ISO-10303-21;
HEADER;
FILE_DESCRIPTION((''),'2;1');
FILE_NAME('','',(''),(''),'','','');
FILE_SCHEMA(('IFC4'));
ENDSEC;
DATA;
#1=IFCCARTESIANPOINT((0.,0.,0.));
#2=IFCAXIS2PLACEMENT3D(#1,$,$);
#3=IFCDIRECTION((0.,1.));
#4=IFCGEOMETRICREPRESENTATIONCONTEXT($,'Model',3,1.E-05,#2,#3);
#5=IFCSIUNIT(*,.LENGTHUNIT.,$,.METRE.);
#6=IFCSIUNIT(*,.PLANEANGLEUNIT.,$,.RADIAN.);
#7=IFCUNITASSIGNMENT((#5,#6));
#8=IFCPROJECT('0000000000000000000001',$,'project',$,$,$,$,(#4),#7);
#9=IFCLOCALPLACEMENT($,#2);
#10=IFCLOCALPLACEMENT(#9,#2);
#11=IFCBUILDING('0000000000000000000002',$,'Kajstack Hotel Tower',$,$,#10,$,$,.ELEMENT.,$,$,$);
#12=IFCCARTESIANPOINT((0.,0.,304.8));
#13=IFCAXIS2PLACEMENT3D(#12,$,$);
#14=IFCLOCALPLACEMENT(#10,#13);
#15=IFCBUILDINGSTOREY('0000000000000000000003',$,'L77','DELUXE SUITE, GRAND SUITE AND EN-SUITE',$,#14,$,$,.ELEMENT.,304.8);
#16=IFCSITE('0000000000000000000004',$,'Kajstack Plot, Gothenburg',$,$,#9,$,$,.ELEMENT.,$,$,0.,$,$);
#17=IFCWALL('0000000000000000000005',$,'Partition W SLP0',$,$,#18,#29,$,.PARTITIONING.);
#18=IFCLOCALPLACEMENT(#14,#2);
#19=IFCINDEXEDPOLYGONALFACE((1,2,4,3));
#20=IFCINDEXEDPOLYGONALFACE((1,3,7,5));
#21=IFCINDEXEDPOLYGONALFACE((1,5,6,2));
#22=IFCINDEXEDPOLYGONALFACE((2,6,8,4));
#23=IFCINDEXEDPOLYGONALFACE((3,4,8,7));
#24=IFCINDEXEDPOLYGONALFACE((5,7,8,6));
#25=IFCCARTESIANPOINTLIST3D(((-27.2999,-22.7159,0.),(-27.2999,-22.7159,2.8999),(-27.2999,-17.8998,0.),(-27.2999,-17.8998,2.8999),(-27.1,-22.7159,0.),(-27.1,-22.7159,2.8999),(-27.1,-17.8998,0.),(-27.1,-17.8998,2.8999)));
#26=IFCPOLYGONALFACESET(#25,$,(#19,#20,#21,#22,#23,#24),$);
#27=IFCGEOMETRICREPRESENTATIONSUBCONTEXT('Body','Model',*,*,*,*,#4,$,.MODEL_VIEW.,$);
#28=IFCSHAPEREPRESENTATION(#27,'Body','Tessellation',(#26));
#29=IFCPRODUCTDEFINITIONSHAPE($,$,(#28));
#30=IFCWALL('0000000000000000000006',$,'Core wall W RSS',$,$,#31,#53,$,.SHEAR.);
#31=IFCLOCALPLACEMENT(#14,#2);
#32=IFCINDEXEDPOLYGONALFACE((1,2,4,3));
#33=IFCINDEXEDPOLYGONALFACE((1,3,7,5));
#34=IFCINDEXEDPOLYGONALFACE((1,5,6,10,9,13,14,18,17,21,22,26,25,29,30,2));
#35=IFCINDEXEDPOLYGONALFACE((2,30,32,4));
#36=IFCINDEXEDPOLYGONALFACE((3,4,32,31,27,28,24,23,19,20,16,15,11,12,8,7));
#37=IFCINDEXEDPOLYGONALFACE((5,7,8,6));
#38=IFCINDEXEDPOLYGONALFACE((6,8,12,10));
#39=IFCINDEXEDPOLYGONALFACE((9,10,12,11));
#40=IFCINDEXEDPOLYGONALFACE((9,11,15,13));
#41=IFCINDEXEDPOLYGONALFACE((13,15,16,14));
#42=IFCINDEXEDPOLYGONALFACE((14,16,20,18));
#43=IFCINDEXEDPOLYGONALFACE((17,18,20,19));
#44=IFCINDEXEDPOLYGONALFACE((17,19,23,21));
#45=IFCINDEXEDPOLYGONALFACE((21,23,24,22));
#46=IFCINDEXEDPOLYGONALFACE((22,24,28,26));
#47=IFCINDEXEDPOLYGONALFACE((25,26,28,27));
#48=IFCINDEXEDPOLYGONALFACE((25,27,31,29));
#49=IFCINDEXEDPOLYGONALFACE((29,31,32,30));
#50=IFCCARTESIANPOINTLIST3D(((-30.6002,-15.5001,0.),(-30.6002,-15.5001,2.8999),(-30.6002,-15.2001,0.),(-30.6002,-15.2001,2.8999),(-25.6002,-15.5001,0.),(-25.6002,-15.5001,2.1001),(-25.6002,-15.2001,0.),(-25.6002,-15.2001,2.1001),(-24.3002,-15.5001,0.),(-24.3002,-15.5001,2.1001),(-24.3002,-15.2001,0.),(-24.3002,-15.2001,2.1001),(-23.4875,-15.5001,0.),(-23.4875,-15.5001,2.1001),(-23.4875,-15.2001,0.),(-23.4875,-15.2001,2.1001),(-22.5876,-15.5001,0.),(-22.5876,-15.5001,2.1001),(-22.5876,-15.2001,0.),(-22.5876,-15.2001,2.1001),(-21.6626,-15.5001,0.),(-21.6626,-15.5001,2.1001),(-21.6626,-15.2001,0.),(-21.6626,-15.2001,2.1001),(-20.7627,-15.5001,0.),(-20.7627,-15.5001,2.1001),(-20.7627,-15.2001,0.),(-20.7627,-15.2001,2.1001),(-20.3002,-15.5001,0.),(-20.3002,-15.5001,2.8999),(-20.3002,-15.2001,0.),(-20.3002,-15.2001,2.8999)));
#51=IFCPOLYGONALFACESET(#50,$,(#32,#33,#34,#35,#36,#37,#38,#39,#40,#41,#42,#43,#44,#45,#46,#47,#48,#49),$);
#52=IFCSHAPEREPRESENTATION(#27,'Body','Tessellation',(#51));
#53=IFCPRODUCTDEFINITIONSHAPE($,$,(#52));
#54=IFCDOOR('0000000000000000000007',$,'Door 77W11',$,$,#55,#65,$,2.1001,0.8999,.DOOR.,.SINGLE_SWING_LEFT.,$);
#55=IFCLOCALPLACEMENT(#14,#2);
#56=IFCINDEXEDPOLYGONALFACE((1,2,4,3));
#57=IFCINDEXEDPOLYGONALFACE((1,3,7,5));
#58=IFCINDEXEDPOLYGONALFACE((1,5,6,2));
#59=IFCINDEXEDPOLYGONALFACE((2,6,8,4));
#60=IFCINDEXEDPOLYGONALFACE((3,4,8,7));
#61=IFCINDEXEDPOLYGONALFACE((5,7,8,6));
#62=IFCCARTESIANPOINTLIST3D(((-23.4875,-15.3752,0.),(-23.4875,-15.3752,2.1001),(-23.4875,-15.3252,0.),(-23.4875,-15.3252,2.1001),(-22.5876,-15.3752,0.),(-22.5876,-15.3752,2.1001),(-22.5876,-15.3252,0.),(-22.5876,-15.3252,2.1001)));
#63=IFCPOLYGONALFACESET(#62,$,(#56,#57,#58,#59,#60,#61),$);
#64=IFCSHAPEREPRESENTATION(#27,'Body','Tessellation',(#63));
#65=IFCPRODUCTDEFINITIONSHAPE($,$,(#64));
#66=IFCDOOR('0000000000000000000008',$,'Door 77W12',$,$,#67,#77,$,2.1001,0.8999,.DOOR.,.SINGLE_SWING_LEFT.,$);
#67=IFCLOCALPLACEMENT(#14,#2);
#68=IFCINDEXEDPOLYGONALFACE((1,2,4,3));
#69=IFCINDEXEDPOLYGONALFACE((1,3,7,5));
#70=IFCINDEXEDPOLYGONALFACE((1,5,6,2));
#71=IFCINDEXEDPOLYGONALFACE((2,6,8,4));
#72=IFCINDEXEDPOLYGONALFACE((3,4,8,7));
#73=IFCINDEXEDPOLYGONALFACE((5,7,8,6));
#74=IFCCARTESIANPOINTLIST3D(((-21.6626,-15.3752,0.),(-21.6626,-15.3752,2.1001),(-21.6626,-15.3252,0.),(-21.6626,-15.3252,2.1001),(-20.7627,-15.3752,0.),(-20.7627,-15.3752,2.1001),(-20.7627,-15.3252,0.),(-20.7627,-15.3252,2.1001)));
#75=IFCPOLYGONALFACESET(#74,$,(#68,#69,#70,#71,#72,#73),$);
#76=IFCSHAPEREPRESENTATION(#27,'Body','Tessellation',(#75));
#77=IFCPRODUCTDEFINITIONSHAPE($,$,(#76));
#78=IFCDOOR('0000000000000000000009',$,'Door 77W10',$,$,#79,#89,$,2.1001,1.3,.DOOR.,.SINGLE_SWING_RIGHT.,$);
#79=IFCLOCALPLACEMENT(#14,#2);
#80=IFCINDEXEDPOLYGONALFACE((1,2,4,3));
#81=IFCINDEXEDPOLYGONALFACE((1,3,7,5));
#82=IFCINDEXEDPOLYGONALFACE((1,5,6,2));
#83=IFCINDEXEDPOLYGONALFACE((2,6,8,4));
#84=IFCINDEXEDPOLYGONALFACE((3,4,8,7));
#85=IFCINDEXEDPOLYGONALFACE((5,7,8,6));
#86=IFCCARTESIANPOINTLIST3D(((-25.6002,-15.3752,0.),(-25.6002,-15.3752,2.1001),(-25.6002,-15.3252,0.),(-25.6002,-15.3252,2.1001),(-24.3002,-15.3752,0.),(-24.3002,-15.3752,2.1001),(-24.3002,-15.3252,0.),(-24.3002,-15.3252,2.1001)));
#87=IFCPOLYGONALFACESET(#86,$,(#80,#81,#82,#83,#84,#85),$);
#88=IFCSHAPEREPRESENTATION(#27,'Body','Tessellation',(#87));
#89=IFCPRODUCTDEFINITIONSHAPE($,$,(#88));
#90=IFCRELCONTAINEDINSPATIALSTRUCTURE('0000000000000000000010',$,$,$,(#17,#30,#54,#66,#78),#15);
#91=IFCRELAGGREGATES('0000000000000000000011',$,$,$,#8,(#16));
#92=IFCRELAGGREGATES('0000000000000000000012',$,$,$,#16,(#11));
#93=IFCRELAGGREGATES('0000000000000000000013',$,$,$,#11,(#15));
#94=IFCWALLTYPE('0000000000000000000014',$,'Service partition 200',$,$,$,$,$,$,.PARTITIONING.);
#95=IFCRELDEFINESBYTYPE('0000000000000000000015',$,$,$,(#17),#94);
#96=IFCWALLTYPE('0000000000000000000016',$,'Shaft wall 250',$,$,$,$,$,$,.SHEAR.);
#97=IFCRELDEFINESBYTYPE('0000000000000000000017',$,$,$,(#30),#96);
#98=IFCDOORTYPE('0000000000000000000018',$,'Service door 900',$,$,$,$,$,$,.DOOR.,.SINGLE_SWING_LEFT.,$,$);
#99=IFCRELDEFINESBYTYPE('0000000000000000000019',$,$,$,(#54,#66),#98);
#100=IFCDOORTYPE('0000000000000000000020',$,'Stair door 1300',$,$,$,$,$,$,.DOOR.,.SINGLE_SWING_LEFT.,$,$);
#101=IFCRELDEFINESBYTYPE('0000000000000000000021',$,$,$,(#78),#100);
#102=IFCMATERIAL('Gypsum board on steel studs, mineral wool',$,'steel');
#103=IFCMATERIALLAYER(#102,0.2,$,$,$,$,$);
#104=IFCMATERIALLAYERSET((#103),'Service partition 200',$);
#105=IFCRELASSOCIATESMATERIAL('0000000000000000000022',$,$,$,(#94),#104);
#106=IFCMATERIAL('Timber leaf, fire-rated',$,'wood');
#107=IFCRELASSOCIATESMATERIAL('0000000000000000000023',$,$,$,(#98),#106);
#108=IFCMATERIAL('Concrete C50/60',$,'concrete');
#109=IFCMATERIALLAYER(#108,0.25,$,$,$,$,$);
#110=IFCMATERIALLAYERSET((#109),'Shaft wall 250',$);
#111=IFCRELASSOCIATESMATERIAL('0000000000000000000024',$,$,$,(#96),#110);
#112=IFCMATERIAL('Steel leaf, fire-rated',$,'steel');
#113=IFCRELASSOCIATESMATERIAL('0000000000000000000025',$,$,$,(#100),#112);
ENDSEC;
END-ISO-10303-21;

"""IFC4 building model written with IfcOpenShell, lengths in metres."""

from ifc_helpers import new_model, si_unit, direction, frame, frame_2d, origin, place, context, subcontext, project, spatial, rectangle, extrude, material, layer, layer_set, type_object, element, fill, save


model = new_model("IFC4")

# Units and contexts
model_context = context("Model", 3, precision=1e-05, world=origin(), true_north=direction((0.0, 1.0)))
body_context = subcontext(model_context, "Body", "Model", "MODEL_VIEW")
ifc_project = project(units=[si_unit("LENGTHUNIT", "METRE"), si_unit("PLANEANGLEUNIT", "RADIAN")], contexts=[model_context])

# Site, building, storey
site_placement = place(None, origin())
site = spatial("IfcSite", under=ifc_project, at=site_placement, Name="Kajstack Plot, Gothenburg", CompositionType="ELEMENT", RefElevation=0.0)
building_placement = place(site_placement, origin())
building = spatial("IfcBuilding", under=site, at=building_placement, Name="Kajstack Hotel Tower", CompositionType="ELEMENT")
storey_placement = place(building_placement, frame((0.0, 0.0, 304.8)))
storey = spatial("IfcBuildingStorey", under=building, at=storey_placement, Name="L77", Description="DELUXE SUITE, GRAND SUITE AND EN-SUITE", CompositionType="ELEMENT", Elevation=304.8)

# Shared definitions
ifc_material_1 = material(Name="Gypsum board on steel studs, mineral wool", Category="steel")
ifc_layer_1 = layer(ifc_material_1, 0.2)
ifc_layer_set_1 = layer_set([ifc_layer_1], Name="Service partition 200")
wall_type_1 = type_object("IfcWallType", Name="Service partition 200", PredefinedType="PARTITIONING", material=ifc_layer_set_1)
ifc_material_2 = material(Name="Timber leaf, fire-rated", Category="wood")
door_type_1 = type_object("IfcDoorType", Name="Service door 900", OperationType="SINGLE_SWING_LEFT", PredefinedType="DOOR", material=ifc_material_2)

# Wall
wall_1_placement = place(storey_placement, frame((-27.2, -22.7161, 0.0), z_axis=(0.0, 0.0, 1.0), x_axis=(0.0, 1.0, 0.0)))
element("IfcWall", 1, at=wall_1_placement, inside=storey, type_object=wall_type_1, Name="Partition W SLP0", PredefinedType="PARTITIONING", context=body_context, shape_type="SweptSolid", body=[
    extrude(rectangle(XDim=4.8162, YDim=0.2, at=frame_2d((2.4082, 0.0))), origin(), (0.0, 0.0, 1.0), 2.8999),
])

# Wall, openings, doors
ifc_material_3 = material(Name="Concrete C50/60", Category="concrete")
ifc_layer_2 = layer(ifc_material_3, 0.25)
ifc_layer_set_2 = layer_set([ifc_layer_2], Name="Shaft wall 250")
wall_type_2 = type_object("IfcWallType", Name="Shaft wall 250", PredefinedType="SHEAR", material=ifc_layer_set_2)
wall_2_placement = place(storey_placement, frame((-30.6001, -15.3501, 0.0), z_axis=(0.0, 0.0, 1.0), x_axis=(1.0, 0.0, 0.0)))
wall_2 = element("IfcWall", 2, at=wall_2_placement, inside=storey, type_object=wall_type_2, Name="Core wall W RSS", PredefinedType="SHEAR", context=body_context, shape_type="SweptSolid", body=[
    extrude(rectangle(XDim=10.3, YDim=0.3, at=frame_2d((5.1499, 0.0))), origin(), (0.0, 0.0, 1.0), 2.8999),
])
opening_1_placement = place(wall_2_placement, frame((5.0, 0.0, 0.0)))
opening_1 = element("IfcOpeningElement", 3, at=opening_1_placement, cuts=wall_2, PredefinedType="OPENING", context=body_context, shape_type="SweptSolid", body=[
    extrude(rectangle(XDim=1.3, YDim=2.1001, at=frame_2d((0.6499, 1.05))), frame((0.0, 0.1599, 0.0), z_axis=(0.0, -1.0, 0.0), x_axis=(1.0, 0.0, 0.0)), (0.0, 0.0, 1.0), 0.3201),
])
opening_2_placement = place(wall_2_placement, frame((7.1125, 0.0, 0.0)))
opening_2 = element("IfcOpeningElement", 4, at=opening_2_placement, cuts=wall_2, PredefinedType="OPENING", context=body_context, shape_type="SweptSolid", body=[
    extrude(rectangle(XDim=0.8999, YDim=2.1001, at=frame_2d((0.45, 1.05))), frame((0.0, 0.1599, 0.0), z_axis=(0.0, -1.0, 0.0), x_axis=(1.0, 0.0, 0.0)), (0.0, 0.0, 1.0), 0.3201),
])
opening_3_placement = place(wall_2_placement, frame((8.9375, 0.0, 0.0)))
opening_3 = element("IfcOpeningElement", 5, at=opening_3_placement, cuts=wall_2, PredefinedType="OPENING", context=body_context, shape_type="SweptSolid", body=[
    extrude(rectangle(XDim=0.8999, YDim=2.1001, at=frame_2d((0.45, 1.05))), frame((0.0, 0.1599, 0.0), z_axis=(0.0, -1.0, 0.0), x_axis=(1.0, 0.0, 0.0)), (0.0, 0.0, 1.0), 0.3201),
])
door_1_placement = place(opening_2_placement, origin())
door_1 = element("IfcDoor", 6, at=door_1_placement, inside=storey, type_object=door_type_1, Name="Door 77W11", OperationType="SINGLE_SWING_LEFT", OverallHeight=2.1001, OverallWidth=0.8999, PredefinedType="DOOR", context=body_context, shape_type="SweptSolid", body=[
    extrude(rectangle(XDim=0.8999, YDim=2.1001, at=frame_2d((0.45, 1.05))), frame((0.0, 0.0249, 0.0), z_axis=(0.0, -1.0, 0.0), x_axis=(1.0, 0.0, 0.0)), (0.0, 0.0, 1.0), 0.05),
])
fill(opening_2, door_1)
door_2_placement = place(opening_3_placement, origin())
door_2 = element("IfcDoor", 7, at=door_2_placement, inside=storey, type_object=door_type_1, Name="Door 77W12", OperationType="SINGLE_SWING_LEFT", OverallHeight=2.1001, OverallWidth=0.8999, PredefinedType="DOOR", context=body_context, shape_type="SweptSolid", body=[
    extrude(rectangle(XDim=0.8999, YDim=2.1001, at=frame_2d((0.45, 1.05))), frame((0.0, 0.0249, 0.0), z_axis=(0.0, -1.0, 0.0), x_axis=(1.0, 0.0, 0.0)), (0.0, 0.0, 1.0), 0.05),
])
fill(opening_3, door_2)
ifc_material_4 = material(Name="Steel leaf, fire-rated", Category="steel")
door_type_2 = type_object("IfcDoorType", Name="Stair door 1300", OperationType="SINGLE_SWING_LEFT", PredefinedType="DOOR", material=ifc_material_4)
door_3_placement = place(opening_1_placement, origin())
door_3 = element("IfcDoor", 8, at=door_3_placement, inside=storey, type_object=door_type_2, Name="Door 77W10", OperationType="SINGLE_SWING_RIGHT", OverallHeight=2.1001, OverallWidth=1.3, PredefinedType="DOOR", context=body_context, shape_type="SweptSolid", body=[
    extrude(rectangle(XDim=1.3, YDim=2.1001, at=frame_2d((0.6499, 1.05))), frame((0.0, 0.0249, 0.0), z_axis=(0.0, -1.0, 0.0), x_axis=(1.0, 0.0, 0.0)), (0.0, 0.0, 1.0), 0.05),
])
fill(opening_1, door_3)

save(model, "model.ifc")
